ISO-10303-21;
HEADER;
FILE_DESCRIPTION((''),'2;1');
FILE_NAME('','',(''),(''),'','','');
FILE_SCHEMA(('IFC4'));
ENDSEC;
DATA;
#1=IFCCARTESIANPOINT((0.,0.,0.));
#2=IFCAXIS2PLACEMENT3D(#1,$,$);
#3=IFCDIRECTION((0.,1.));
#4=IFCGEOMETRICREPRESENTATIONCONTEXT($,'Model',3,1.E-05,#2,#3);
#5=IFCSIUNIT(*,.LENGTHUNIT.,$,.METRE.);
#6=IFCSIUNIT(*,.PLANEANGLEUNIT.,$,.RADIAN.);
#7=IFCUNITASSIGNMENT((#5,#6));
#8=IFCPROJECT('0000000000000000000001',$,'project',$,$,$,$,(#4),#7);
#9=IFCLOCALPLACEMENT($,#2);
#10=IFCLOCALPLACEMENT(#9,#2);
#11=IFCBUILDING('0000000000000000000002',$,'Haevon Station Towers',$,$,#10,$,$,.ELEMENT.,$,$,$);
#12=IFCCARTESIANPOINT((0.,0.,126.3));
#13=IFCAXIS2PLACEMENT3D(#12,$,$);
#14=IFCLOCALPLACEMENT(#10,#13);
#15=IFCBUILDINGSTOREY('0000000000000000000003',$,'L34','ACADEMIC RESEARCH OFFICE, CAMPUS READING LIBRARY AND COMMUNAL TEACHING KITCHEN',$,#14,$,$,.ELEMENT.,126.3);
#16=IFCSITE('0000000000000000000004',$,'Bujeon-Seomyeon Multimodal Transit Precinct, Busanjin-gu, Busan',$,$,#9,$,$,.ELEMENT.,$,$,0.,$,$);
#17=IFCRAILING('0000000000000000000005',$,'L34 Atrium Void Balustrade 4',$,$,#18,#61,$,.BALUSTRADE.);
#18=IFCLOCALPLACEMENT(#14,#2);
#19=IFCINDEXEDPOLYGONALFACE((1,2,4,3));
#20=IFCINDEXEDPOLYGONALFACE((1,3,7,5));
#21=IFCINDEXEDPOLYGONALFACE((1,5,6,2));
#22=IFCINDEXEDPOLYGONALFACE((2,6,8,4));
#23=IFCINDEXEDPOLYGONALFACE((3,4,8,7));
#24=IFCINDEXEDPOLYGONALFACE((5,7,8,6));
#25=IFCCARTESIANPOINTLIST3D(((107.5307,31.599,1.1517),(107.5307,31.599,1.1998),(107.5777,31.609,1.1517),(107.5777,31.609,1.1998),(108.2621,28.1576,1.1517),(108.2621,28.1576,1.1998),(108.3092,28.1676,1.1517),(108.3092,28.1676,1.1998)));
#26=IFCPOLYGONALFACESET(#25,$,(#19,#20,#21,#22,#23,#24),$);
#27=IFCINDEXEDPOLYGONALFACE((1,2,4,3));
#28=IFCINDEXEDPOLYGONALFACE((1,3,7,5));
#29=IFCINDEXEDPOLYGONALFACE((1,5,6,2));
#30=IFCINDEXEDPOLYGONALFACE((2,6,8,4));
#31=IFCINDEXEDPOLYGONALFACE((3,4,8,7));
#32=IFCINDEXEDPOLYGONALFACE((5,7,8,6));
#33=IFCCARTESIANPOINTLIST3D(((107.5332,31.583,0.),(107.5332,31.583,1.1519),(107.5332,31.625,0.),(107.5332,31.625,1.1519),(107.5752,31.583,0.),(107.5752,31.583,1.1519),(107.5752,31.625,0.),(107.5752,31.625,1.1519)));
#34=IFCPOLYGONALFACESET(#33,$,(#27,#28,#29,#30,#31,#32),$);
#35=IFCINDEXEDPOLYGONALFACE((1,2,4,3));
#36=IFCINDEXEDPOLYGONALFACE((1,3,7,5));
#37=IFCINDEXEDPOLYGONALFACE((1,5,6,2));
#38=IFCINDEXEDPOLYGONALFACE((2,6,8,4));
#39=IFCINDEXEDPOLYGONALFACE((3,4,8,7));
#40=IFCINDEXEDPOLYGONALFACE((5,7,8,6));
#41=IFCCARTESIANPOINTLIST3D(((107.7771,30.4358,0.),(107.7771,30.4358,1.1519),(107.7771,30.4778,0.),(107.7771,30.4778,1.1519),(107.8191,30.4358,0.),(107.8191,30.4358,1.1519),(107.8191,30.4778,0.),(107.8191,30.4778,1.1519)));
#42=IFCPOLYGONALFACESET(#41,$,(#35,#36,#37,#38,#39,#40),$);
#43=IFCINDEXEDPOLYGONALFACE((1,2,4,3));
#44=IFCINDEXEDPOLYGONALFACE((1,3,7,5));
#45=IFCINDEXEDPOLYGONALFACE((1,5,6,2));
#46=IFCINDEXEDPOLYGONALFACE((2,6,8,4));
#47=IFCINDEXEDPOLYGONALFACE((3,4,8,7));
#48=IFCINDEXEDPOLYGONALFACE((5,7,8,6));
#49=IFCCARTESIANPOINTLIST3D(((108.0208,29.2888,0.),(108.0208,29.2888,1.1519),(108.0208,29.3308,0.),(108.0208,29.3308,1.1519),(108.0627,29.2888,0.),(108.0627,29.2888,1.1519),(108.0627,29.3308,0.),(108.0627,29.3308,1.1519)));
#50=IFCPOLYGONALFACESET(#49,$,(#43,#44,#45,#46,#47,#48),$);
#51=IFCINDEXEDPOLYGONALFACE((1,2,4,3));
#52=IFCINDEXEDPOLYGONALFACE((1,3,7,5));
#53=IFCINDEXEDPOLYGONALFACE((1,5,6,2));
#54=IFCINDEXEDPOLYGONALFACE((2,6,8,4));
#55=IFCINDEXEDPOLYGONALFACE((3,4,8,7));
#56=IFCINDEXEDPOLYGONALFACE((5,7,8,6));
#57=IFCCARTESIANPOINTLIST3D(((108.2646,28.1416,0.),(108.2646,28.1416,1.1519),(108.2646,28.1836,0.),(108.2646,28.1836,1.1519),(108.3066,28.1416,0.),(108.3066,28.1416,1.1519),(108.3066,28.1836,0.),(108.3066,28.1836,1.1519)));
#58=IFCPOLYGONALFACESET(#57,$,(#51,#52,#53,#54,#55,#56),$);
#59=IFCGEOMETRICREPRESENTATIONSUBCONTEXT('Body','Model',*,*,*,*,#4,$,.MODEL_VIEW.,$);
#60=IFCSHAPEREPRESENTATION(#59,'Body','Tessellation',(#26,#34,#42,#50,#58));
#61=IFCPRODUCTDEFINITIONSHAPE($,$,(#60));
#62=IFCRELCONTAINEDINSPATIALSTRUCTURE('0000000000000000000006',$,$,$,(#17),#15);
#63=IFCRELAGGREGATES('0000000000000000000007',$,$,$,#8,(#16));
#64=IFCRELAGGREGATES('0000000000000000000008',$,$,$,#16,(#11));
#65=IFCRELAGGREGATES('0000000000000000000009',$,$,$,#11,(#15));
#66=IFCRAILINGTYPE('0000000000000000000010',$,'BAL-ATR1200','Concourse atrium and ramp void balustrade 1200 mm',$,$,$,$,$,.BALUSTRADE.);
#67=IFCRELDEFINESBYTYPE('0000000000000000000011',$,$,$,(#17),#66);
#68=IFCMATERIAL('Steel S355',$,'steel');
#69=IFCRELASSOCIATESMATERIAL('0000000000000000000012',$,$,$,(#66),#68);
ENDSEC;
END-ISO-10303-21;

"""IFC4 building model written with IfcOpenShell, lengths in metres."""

from ifc_helpers import new_model, si_unit, direction, frame, origin, origin_2d, place, context, subcontext, project, spatial, rectangle, extrude, material, type_object, element, save


model = new_model("IFC4")

# Units and contexts
model_context = context("Model", 3, precision=1e-05, world=origin(), true_north=direction((0.0, 1.0)))
body_context = subcontext(model_context, "Body", "Model", "MODEL_VIEW")
ifc_project = project(units=[si_unit("LENGTHUNIT", "METRE"), si_unit("PLANEANGLEUNIT", "RADIAN")], contexts=[model_context])

# Site, building, storey
site_placement = place(None, origin())
site = spatial("IfcSite", under=ifc_project, at=site_placement, Name="Bujeon-Seomyeon Multimodal Transit Precinct, Busanjin-gu, Busan", CompositionType="ELEMENT", RefElevation=0.0)
building_placement = place(site_placement, origin())
building = spatial("IfcBuilding", under=site, at=building_placement, Name="Haevon Station Towers", CompositionType="ELEMENT")
storey_placement = place(building_placement, frame((0.0, 0.0, 126.3)))
storey = spatial("IfcBuildingStorey", under=building, at=storey_placement, Name="L34", Description="ACADEMIC RESEARCH OFFICE, CAMPUS READING LIBRARY AND COMMUNAL TEACHING KITCHEN", CompositionType="ELEMENT", Elevation=126.3)

# Shared definitions
ifc_material_1 = material(Name="Steel S355", Category="steel")

# Railing
railing_type = type_object("IfcRailingType", Name="BAL-ATR1200", Description="Concourse atrium and ramp void balustrade 1200 mm", PredefinedType="BALUSTRADE", material=ifc_material_1)
railing_1_placement = place(storey_placement, frame((107.5542, 31.604, 0.0)))
element("IfcRailing", 1, at=railing_1_placement, inside=storey, type_object=railing_type, Name="L34 Atrium Void Balustrade 4", PredefinedType="BALUSTRADE", context=body_context, shape_type="SweptSolid", body=[
    extrude(rectangle(XDim=0.0481, YDim=0.0481, at=origin_2d()), frame((0.0, 0.0, 1.1758), z_axis=(0.207899, -0.97815, 0.0), x_axis=(0.97815, 0.207899, 0.0)), (0.0, 0.0, 1.0), 3.5183),
    extrude(rectangle(XDim=0.042, YDim=0.042, at=origin_2d()), origin(), (0.0, 0.0, 1.0), 1.1519),
    extrude(rectangle(XDim=0.042, YDim=0.042, at=origin_2d()), frame((0.2439, -1.1472, 0.0)), (0.0, 0.0, 1.0), 1.1519),
    extrude(rectangle(XDim=0.042, YDim=0.042, at=origin_2d()), frame((0.4875, -2.2942, 0.0)), (0.0, 0.0, 1.0), 1.1519),
    extrude(rectangle(XDim=0.042, YDim=0.042, at=origin_2d()), frame((0.7314, -3.4414, 0.0)), (0.0, 0.0, 1.0), 1.1519),
])

save(model, "model.ifc")
